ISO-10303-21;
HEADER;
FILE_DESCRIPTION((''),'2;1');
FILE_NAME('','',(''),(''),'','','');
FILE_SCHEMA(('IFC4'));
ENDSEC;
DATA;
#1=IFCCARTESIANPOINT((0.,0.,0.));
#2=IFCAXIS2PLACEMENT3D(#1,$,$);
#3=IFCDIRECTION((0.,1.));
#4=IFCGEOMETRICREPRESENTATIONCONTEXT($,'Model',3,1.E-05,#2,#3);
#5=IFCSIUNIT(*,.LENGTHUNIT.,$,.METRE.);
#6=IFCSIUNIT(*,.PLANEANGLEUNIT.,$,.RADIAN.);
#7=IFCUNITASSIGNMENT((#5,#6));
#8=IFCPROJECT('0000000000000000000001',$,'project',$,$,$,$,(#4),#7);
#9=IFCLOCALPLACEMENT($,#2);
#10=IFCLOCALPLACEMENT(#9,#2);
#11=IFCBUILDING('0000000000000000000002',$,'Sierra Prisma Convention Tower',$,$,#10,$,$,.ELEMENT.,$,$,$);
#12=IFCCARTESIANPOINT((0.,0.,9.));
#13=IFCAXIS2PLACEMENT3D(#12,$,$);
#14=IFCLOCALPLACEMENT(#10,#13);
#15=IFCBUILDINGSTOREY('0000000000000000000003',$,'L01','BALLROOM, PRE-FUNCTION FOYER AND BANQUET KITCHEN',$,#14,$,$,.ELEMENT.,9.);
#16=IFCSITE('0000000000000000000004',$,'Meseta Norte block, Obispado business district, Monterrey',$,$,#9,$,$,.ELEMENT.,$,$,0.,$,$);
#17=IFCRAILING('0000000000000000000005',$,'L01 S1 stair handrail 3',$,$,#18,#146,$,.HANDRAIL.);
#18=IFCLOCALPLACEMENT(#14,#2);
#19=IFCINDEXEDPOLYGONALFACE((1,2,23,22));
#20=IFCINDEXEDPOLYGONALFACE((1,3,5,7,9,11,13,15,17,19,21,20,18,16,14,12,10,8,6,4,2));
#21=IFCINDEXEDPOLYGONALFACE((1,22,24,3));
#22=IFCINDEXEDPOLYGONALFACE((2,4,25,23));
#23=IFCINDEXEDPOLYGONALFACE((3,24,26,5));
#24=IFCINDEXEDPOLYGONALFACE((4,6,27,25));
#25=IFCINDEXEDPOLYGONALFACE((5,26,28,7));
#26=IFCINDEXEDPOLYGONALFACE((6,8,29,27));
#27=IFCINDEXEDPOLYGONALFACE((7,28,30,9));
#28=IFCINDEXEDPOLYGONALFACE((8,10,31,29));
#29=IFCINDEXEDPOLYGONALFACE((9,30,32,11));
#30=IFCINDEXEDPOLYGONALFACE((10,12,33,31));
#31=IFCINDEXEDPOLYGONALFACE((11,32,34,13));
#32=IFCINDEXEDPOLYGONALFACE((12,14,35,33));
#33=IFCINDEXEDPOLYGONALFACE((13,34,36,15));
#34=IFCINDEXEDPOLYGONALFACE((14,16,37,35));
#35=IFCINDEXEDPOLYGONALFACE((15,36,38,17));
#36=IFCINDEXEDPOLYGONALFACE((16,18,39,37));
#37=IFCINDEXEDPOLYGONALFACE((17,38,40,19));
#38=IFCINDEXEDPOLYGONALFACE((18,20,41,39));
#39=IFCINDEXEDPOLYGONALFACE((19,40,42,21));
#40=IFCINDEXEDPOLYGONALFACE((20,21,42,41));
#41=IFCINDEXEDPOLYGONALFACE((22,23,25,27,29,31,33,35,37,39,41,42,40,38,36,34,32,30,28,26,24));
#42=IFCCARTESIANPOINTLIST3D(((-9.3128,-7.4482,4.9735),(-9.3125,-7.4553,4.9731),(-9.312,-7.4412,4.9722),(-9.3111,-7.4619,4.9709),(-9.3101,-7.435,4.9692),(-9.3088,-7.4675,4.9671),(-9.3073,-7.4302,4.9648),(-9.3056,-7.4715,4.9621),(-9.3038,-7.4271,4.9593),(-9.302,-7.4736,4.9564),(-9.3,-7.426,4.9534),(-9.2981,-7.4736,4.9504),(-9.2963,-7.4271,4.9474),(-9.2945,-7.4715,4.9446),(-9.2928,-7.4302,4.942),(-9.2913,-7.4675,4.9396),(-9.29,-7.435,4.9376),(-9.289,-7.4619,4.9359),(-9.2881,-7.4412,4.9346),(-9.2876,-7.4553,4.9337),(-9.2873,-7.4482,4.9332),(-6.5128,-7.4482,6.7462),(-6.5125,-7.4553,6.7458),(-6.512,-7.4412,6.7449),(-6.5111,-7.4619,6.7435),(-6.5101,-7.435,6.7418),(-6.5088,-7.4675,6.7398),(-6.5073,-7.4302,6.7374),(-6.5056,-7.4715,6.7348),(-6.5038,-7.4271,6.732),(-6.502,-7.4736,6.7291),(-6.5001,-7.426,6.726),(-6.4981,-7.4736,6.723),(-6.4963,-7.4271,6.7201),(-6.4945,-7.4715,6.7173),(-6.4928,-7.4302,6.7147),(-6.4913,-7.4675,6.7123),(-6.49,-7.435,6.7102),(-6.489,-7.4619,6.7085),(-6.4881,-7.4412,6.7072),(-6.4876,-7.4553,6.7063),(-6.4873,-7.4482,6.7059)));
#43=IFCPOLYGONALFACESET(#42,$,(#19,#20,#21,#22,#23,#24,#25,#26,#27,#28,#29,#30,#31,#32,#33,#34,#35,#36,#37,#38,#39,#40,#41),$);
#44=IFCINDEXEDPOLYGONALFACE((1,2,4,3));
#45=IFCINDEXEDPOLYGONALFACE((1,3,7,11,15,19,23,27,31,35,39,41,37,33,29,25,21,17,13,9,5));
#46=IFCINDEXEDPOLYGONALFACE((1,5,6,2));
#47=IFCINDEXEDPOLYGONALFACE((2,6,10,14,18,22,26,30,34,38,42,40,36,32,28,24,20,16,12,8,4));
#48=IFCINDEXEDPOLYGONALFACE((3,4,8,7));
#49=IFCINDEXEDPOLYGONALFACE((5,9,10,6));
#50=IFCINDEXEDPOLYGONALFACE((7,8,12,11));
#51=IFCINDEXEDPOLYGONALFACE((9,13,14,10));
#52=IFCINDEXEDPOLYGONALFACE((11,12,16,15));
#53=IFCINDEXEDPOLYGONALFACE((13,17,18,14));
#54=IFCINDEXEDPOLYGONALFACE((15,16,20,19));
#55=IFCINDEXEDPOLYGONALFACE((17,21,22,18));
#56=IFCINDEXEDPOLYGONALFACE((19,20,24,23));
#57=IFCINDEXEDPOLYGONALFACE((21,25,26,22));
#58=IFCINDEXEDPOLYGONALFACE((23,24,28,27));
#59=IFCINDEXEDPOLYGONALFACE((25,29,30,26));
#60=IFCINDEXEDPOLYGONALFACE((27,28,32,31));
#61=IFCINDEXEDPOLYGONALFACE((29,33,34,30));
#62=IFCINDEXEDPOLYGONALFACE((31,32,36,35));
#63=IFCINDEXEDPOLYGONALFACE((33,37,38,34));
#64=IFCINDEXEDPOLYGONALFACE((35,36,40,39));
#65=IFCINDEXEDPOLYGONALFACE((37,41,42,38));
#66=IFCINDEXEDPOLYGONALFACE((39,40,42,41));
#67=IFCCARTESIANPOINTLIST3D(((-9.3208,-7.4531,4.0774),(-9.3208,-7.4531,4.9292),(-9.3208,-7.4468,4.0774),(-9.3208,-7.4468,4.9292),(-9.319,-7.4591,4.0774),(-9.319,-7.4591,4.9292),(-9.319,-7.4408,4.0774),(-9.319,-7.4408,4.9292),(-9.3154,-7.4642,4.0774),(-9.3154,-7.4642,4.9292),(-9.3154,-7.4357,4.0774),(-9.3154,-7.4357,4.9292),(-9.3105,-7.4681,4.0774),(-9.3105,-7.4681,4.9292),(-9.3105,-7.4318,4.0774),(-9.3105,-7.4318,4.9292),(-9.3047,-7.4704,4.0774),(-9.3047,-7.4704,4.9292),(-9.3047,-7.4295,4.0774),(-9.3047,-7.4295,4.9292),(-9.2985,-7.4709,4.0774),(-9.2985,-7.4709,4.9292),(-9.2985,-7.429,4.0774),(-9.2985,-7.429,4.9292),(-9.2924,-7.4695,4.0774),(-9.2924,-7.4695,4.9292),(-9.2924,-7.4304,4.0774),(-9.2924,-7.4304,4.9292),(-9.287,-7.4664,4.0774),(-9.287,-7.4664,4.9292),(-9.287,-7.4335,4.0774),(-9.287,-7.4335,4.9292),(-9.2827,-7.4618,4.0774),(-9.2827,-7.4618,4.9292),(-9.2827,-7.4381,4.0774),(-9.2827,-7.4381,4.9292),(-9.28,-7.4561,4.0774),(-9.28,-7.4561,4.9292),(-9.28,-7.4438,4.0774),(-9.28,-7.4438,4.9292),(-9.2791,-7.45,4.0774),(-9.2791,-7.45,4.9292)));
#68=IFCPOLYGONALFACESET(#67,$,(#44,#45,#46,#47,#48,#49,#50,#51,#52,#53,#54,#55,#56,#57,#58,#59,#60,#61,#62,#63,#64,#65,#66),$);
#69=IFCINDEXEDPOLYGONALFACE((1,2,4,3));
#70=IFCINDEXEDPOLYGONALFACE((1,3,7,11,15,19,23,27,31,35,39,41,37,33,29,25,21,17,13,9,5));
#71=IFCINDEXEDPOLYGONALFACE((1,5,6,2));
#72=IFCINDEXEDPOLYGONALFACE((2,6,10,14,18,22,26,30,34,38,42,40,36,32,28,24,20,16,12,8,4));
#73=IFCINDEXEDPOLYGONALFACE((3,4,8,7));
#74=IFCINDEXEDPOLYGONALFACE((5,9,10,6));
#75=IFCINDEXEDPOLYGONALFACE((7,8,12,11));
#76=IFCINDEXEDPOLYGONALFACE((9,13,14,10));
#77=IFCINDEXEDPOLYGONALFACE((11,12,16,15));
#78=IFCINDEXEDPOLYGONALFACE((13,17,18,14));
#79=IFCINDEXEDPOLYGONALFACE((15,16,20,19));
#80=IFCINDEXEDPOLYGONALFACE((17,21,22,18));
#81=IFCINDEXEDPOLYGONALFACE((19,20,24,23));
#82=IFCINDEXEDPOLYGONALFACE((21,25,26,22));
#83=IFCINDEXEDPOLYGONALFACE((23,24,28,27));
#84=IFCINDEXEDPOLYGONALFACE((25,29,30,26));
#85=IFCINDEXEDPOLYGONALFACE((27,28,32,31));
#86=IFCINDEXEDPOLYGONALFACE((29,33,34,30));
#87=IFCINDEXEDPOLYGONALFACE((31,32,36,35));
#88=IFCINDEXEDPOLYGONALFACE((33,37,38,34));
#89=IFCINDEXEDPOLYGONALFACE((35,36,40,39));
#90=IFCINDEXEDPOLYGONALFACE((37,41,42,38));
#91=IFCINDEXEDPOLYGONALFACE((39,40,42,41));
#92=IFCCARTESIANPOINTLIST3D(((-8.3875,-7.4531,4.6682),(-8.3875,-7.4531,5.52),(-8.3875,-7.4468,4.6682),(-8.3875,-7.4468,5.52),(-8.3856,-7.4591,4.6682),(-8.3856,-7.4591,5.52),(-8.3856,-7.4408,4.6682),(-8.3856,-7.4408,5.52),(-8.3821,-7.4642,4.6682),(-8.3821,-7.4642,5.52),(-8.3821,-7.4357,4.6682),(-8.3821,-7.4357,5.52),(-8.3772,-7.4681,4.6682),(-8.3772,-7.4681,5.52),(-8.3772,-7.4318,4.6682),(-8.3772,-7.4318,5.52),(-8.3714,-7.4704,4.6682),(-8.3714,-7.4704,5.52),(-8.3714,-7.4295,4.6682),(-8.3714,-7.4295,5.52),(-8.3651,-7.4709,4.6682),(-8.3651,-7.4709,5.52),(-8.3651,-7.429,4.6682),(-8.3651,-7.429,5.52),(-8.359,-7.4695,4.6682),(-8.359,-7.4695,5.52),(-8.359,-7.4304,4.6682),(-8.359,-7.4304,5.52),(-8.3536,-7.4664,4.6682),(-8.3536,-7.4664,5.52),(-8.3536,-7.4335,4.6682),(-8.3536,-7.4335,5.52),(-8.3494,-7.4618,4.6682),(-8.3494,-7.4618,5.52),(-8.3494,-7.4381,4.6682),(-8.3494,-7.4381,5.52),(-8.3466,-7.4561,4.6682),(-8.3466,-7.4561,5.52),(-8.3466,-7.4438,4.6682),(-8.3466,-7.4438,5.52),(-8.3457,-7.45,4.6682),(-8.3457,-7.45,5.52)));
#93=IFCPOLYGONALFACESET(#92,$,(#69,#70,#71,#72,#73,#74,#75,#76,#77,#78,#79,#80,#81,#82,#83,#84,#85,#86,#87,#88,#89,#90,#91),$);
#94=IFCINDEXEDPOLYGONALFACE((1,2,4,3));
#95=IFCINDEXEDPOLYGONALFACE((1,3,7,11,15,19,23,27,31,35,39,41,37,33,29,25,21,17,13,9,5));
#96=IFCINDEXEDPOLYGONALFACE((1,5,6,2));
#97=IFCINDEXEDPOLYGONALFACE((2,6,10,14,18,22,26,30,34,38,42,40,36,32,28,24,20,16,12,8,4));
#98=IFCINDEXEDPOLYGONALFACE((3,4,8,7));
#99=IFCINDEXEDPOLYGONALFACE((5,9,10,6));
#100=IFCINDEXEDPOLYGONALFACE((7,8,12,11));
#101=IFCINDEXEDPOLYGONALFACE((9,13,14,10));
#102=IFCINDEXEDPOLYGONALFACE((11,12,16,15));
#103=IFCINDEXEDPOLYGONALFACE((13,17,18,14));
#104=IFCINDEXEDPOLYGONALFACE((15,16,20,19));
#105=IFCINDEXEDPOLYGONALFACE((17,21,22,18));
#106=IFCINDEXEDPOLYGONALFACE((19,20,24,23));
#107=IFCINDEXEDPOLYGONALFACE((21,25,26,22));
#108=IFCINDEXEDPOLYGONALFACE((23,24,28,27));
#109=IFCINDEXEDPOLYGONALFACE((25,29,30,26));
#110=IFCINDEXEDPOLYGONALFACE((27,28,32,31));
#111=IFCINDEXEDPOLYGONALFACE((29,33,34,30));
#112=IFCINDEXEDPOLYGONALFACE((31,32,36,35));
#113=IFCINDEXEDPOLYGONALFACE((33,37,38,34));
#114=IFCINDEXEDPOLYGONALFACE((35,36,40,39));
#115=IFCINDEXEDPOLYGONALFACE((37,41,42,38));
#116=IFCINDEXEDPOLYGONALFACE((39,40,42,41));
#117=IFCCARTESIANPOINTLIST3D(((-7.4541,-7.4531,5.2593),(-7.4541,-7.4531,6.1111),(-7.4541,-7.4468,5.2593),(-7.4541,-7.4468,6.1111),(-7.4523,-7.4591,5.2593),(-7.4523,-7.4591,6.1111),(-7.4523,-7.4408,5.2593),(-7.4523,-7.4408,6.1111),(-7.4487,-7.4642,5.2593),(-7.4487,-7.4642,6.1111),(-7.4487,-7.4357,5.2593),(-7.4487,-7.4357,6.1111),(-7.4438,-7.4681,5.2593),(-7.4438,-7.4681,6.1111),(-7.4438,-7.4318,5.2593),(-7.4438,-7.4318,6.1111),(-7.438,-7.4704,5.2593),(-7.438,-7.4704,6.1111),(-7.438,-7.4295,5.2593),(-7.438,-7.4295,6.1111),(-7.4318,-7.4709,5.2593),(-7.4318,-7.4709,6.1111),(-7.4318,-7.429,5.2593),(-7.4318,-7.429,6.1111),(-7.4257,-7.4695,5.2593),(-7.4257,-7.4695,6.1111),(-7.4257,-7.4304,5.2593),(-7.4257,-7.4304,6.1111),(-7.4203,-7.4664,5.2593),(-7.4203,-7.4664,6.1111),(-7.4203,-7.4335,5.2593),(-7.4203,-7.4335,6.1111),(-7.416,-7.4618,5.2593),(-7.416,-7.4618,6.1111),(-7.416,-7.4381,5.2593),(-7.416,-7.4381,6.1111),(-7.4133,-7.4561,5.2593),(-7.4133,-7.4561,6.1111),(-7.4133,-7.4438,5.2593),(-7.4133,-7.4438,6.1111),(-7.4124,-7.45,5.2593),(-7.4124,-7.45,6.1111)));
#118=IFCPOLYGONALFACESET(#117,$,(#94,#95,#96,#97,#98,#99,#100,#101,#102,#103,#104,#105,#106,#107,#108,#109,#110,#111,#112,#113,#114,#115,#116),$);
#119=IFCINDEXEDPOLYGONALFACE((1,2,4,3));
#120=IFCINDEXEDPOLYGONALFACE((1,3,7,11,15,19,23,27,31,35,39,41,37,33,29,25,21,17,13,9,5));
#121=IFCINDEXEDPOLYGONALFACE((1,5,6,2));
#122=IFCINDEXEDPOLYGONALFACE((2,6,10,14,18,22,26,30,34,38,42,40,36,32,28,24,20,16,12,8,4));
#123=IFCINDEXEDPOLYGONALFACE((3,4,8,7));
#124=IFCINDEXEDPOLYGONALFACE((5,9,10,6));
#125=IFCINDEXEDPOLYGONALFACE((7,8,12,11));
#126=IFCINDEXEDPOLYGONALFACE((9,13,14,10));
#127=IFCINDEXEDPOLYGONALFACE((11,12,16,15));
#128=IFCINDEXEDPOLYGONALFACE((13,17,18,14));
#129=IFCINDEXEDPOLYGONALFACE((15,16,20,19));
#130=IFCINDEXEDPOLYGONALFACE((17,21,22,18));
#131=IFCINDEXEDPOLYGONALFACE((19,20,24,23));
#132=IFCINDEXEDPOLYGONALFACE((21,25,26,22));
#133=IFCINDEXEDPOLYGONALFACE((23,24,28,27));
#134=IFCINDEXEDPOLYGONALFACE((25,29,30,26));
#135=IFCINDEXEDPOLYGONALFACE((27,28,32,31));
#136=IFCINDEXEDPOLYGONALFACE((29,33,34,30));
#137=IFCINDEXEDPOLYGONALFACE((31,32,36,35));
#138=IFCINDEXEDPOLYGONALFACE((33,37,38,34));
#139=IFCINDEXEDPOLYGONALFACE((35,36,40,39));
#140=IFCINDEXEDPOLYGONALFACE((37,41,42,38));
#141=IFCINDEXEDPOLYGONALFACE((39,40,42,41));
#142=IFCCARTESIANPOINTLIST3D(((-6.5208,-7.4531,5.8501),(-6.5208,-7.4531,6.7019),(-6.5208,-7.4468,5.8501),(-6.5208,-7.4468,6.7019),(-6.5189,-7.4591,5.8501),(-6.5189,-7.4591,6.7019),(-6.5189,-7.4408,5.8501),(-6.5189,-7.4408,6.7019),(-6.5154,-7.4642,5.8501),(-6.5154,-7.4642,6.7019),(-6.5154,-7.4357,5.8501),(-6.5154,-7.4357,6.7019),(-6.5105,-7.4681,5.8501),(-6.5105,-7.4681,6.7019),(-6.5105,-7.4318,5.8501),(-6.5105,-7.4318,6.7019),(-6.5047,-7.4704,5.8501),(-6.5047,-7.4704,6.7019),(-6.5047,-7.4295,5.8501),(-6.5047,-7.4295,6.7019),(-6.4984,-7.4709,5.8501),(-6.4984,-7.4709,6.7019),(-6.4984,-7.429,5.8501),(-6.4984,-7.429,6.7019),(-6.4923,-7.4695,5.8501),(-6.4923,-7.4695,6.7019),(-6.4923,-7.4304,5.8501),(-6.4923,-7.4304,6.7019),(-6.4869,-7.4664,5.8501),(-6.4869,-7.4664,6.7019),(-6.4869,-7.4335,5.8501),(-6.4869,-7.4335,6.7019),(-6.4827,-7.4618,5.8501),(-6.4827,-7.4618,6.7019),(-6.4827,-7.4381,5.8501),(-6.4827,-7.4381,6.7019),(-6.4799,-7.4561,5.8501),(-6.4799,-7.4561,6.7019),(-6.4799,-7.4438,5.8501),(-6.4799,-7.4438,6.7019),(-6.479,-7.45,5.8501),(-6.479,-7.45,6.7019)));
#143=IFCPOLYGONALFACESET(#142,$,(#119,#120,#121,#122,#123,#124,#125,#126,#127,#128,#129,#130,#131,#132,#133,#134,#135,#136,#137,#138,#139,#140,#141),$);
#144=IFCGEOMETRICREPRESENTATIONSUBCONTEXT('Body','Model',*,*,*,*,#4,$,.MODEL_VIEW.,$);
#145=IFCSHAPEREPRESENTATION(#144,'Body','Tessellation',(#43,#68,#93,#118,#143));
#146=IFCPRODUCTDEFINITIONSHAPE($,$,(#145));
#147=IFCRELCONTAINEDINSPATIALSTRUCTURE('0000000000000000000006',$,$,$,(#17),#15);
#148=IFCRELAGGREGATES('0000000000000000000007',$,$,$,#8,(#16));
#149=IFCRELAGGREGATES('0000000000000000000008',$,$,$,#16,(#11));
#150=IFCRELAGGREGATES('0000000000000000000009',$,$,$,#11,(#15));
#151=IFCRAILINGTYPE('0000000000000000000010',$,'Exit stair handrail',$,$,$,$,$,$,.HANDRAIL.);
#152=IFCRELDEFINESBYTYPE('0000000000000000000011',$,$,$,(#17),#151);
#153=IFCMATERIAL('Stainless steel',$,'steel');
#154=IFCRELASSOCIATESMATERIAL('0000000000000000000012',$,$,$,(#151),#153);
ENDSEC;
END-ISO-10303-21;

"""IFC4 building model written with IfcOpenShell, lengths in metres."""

from ifc_helpers import new_model, si_unit, direction, frame, origin, origin_2d, place, context, subcontext, project, spatial, circle, extrude, material, type_object, element, save


model = new_model("IFC4")

# Units and contexts
model_context = context("Model", 3, precision=1e-05, world=origin(), true_north=direction((0.0, 1.0)))
body_context = subcontext(model_context, "Body", "Model", "MODEL_VIEW")
ifc_project = project(units=[si_unit("LENGTHUNIT", "METRE"), si_unit("PLANEANGLEUNIT", "RADIAN")], contexts=[model_context])

# Site, building, storey
site_placement = place(None, origin())
site = spatial("IfcSite", under=ifc_project, at=site_placement, Name="Meseta Norte block, Obispado business district, Monterrey", CompositionType="ELEMENT", RefElevation=0.0)
building_placement = place(site_placement, origin())
building = spatial("IfcBuilding", under=site, at=building_placement, Name="Sierra Prisma Convention Tower", CompositionType="ELEMENT")
storey_placement = place(building_placement, frame((0.0, 0.0, 9.0)))
storey = spatial("IfcBuildingStorey", under=building, at=storey_placement, Name="L01", Description="BALLROOM, PRE-FUNCTION FOYER AND BANQUET KITCHEN", CompositionType="ELEMENT", Elevation=9.0)

# Railing
ifc_material_1 = material(Name="Stainless steel", Category="steel")
railing_type_1 = type_object("IfcRailingType", Name="Exit stair handrail", PredefinedType="HANDRAIL", material=ifc_material_1)
for number, where, name in (
    (1, (-9.3, -7.45, 4.0774), "L01 S1 stair handrail 3"),
):
    element("IfcRailing", number, at=place(storey_placement, frame(where)), inside=storey, type_object=railing_type_1, Name=name, PredefinedType="HANDRAIL", context=body_context, shape_type="SweptSolid", body=[
        extrude(circle(Radius=0.0239, at=origin_2d()), frame((0.0, 0.0, 0.876), z_axis=(0.844909, 0.0, 0.53491), x_axis=(0.0, 1.0, 0.0)), (0.0, 0.0, 1.0), 3.314),
        extrude(circle(Radius=0.021, at=origin_2d()), origin(), (0.0, 0.0, 1.0), 0.8518),
        extrude(circle(Radius=0.021, at=origin_2d()), frame((0.9333, 0.0, 0.5908)), (0.0, 0.0, 1.0), 0.8518),
        extrude(circle(Radius=0.021, at=origin_2d()), frame((1.8667, 0.0, 1.1819)), (0.0, 0.0, 1.0), 0.8518),
        extrude(circle(Radius=0.021, at=origin_2d()), frame((2.8, 0.0, 1.7727)), (0.0, 0.0, 1.0), 0.8518),
    ])

save(model, "model.ifc")
